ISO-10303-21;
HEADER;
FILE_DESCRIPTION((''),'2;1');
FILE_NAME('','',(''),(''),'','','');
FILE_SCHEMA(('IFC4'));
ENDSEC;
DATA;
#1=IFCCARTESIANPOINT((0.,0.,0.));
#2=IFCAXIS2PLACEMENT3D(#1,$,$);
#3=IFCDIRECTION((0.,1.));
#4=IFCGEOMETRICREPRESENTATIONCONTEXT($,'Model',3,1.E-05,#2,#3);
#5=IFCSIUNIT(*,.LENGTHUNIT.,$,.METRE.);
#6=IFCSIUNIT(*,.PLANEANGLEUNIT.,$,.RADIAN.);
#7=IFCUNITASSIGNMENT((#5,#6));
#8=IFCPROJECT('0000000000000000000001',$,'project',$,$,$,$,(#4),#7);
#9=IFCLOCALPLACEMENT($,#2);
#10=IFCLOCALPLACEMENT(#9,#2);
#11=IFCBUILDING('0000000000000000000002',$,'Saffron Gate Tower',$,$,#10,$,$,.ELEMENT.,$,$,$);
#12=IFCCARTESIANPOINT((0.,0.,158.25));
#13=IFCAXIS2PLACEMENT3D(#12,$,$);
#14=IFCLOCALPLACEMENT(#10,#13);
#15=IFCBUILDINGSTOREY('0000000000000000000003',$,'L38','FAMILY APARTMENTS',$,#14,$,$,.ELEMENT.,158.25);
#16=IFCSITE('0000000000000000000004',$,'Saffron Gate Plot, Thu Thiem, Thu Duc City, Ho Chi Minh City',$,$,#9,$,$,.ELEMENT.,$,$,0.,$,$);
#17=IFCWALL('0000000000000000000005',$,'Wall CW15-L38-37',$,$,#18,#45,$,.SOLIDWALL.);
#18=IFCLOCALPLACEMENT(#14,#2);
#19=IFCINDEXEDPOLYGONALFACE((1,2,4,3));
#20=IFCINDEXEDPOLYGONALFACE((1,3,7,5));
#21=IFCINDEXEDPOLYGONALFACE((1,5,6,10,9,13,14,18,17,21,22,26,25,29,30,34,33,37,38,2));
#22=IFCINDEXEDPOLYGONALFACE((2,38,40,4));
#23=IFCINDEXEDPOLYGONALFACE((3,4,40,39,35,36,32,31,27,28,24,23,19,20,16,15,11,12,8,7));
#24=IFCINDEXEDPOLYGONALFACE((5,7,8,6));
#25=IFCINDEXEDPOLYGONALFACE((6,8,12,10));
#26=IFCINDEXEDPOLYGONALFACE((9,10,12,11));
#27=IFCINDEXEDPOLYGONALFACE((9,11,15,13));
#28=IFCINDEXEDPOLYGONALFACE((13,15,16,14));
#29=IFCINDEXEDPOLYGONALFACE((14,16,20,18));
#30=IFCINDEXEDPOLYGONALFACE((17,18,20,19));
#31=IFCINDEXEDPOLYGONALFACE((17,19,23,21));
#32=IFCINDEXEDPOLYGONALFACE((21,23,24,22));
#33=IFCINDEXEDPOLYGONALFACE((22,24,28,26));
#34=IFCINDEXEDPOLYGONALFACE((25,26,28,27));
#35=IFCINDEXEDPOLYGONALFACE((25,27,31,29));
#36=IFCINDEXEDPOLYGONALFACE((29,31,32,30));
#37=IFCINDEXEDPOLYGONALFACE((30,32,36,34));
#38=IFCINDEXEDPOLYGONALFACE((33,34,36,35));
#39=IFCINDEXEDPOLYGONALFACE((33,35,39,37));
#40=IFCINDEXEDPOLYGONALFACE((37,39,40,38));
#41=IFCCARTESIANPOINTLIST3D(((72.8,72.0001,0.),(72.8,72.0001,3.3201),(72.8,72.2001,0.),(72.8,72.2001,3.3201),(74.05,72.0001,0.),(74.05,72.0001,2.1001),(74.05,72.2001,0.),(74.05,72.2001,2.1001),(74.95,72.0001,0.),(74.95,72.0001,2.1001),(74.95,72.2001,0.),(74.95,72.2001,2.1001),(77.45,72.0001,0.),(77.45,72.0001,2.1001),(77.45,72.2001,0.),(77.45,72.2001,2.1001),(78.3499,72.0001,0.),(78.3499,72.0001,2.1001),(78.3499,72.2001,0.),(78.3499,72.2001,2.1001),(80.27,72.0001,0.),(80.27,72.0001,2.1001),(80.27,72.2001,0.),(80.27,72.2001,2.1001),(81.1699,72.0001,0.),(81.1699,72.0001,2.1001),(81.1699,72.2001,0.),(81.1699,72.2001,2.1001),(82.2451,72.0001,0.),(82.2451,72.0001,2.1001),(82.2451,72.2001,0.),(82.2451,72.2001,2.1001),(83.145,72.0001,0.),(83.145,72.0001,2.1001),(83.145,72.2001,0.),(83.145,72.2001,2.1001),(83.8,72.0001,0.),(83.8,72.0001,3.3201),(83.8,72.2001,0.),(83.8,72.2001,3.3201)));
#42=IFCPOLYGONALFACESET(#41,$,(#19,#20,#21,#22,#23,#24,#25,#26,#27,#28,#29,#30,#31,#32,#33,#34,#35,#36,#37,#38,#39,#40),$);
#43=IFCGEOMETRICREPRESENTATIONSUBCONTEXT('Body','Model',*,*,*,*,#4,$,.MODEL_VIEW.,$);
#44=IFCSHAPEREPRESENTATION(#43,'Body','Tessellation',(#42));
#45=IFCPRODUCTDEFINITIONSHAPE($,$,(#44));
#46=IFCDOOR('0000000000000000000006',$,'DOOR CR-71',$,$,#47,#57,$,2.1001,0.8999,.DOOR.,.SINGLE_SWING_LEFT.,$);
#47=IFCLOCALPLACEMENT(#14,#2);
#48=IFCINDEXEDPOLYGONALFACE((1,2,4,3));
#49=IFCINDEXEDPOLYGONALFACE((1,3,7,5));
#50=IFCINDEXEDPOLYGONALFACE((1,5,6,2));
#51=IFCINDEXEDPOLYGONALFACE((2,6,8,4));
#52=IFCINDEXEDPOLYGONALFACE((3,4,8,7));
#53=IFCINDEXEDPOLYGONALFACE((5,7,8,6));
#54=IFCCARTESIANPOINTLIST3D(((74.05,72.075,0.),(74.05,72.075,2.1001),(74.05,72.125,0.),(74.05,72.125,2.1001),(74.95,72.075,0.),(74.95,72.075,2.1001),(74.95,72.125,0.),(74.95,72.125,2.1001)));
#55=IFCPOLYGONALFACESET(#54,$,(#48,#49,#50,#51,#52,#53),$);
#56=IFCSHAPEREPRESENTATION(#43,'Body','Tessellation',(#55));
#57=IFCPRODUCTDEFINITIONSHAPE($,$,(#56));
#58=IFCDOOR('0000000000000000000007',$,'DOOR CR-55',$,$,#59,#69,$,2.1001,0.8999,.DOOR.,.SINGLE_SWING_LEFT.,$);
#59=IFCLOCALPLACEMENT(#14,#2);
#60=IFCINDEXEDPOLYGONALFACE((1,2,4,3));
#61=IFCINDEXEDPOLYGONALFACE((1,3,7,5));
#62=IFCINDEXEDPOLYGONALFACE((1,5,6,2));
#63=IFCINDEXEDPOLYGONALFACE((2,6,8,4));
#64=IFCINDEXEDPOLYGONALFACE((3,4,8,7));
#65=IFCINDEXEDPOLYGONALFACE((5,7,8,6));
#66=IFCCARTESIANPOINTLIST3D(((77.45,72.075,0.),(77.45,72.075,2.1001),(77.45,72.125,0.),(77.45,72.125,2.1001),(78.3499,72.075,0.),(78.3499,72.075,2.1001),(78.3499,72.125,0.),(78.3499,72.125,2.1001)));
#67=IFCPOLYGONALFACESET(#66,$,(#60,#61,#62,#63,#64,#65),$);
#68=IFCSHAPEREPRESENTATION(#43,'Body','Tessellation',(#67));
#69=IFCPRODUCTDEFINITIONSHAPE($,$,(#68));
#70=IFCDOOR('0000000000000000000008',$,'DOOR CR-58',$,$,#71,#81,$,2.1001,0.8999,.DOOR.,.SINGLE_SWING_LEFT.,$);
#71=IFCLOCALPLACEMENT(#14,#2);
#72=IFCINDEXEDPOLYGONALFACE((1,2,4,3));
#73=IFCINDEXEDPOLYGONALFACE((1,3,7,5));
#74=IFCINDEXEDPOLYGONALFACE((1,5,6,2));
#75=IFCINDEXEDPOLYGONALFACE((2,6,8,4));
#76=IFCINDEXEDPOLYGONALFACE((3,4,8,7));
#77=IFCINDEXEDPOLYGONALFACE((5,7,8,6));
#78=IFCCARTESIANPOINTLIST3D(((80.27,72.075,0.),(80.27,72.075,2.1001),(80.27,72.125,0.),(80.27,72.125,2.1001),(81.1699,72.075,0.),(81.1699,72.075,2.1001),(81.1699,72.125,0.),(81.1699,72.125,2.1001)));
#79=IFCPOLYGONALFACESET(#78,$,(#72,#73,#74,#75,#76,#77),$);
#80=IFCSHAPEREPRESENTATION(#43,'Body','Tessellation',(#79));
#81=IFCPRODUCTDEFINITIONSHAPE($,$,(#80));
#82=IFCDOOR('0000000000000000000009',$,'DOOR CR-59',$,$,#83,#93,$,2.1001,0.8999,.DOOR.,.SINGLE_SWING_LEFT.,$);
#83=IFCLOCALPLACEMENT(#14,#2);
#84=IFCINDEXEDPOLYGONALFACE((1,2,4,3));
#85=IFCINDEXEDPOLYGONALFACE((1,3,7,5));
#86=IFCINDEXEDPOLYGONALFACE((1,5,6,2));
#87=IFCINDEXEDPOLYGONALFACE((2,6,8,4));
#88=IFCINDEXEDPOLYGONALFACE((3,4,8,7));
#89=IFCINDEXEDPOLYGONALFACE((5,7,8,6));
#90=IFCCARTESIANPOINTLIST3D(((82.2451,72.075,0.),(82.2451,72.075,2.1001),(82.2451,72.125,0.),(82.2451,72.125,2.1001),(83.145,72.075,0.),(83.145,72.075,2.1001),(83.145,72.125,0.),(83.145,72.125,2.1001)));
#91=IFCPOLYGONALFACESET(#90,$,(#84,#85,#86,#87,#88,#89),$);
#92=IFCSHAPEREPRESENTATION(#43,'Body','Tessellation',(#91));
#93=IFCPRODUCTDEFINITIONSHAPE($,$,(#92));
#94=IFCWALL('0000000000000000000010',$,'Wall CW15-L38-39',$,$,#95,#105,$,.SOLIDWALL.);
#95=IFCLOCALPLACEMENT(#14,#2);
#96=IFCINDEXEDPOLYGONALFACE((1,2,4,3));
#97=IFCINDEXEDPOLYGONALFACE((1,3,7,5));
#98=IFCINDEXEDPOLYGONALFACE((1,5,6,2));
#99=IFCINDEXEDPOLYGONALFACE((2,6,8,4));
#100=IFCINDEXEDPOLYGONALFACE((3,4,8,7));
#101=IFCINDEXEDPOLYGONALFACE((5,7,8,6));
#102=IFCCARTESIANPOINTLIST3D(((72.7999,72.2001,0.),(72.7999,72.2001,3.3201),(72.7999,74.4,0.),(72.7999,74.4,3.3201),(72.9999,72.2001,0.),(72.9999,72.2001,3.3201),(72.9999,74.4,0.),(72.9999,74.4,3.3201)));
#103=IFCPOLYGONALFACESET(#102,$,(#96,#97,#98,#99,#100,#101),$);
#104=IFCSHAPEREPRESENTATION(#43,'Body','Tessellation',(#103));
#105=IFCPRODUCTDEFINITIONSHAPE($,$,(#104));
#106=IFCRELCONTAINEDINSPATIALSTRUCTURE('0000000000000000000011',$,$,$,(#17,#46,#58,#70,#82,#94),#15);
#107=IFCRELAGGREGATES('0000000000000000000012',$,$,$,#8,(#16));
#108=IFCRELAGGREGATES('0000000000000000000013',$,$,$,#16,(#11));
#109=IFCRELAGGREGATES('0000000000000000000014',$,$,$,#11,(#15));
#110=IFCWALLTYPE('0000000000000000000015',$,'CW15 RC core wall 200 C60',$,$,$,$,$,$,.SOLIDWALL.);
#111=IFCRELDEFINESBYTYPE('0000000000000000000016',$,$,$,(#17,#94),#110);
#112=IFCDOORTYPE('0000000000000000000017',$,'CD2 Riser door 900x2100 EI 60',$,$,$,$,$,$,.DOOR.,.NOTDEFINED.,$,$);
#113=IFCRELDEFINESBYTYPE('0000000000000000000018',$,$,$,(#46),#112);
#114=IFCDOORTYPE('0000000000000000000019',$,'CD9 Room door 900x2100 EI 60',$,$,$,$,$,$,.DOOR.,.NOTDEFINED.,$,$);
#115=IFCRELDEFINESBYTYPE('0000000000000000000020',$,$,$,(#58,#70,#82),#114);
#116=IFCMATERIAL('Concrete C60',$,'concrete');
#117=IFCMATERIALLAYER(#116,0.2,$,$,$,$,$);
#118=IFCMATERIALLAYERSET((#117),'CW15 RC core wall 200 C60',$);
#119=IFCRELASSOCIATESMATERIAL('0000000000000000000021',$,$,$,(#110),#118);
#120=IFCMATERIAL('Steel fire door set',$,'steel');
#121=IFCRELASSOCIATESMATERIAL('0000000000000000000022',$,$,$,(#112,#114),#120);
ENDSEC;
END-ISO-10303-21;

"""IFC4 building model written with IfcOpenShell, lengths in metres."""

from ifc_helpers import new_model, si_unit, direction, frame, frame_2d, origin, place, context, subcontext, project, spatial, rectangle, extrude, material, layer, layer_set, type_object, element, fill, save


model = new_model("IFC4")

# Units and contexts
model_context = context("Model", 3, precision=1e-05, world=origin(), true_north=direction((0.0, 1.0)))
body_context = subcontext(model_context, "Body", "Model", "MODEL_VIEW")
ifc_project = project(units=[si_unit("LENGTHUNIT", "METRE"), si_unit("PLANEANGLEUNIT", "RADIAN")], contexts=[model_context])

# Site, building, storey
site_placement = place(None, origin())
site = spatial("IfcSite", under=ifc_project, at=site_placement, Name="Saffron Gate Plot, Thu Thiem, Thu Duc City, Ho Chi Minh City", CompositionType="ELEMENT", RefElevation=0.0)
building_placement = place(site_placement, origin())
building = spatial("IfcBuilding", under=site, at=building_placement, Name="Saffron Gate Tower", CompositionType="ELEMENT")
storey_placement = place(building_placement, frame((0.0, 0.0, 158.25)))
storey = spatial("IfcBuildingStorey", under=building, at=storey_placement, Name="L38", Description="FAMILY APARTMENTS", CompositionType="ELEMENT", Elevation=158.25)

# Shared definitions
ifc_material_1 = material(Name="Concrete C60", Category="concrete")

# Shared definitions
ifc_layer_1 = layer(ifc_material_1, 0.2)
ifc_layer_set_1 = layer_set([ifc_layer_1], Name="CW15 RC core wall 200 C60")
wall_type_1 = type_object("IfcWallType", Name="CW15 RC core wall 200 C60", PredefinedType="SOLIDWALL", material=ifc_layer_set_1)
ifc_material_2 = material(Name="Steel fire door set", Category="steel")

# Wall, openings, doors
wall_1_placement = place(storey_placement, frame((72.8, 72.1001, 0.0), z_axis=(0.0, 0.0, 1.0), x_axis=(1.0, 0.0, 0.0)))
wall_1 = element("IfcWall", 1, at=wall_1_placement, inside=storey, type_object=wall_type_1, Name="Wall CW15-L38-37", PredefinedType="SOLIDWALL", context=body_context, shape_type="SweptSolid", body=[
    extrude(rectangle(XDim=11.0, YDim=0.2, at=frame_2d((5.5, 0.0))), origin(), (0.0, 0.0, 1.0), 3.3201),
])
opening_1_placement = place(wall_1_placement, frame((1.25, 0.0, 0.0)))
opening_1 = element("IfcOpeningElement", 2, at=opening_1_placement, cuts=wall_1, PredefinedType="OPENING", context=body_context, shape_type="SweptSolid", body=[
    extrude(rectangle(XDim=0.8999, YDim=2.1001, at=frame_2d((0.45, 1.05))), frame((0.0, 0.1099, 0.0), z_axis=(0.0, -1.0, 0.0), x_axis=(1.0, 0.0, 0.0)), (0.0, 0.0, 1.0), 0.22),
])
opening_2_placement = place(wall_1_placement, frame((4.6499, 0.0, 0.0)))
opening_2 = element("IfcOpeningElement", 3, at=opening_2_placement, cuts=wall_1, PredefinedType="OPENING", context=body_context, shape_type="SweptSolid", body=[
    extrude(rectangle(XDim=0.8999, YDim=2.1001, at=frame_2d((0.45, 1.05))), frame((0.0, 0.1099, 0.0), z_axis=(0.0, -1.0, 0.0), x_axis=(1.0, 0.0, 0.0)), (0.0, 0.0, 1.0), 0.22),
])
opening_3_placement = place(wall_1_placement, frame((7.47, 0.0, 0.0)))
opening_3 = element("IfcOpeningElement", 4, at=opening_3_placement, cuts=wall_1, PredefinedType="OPENING", context=body_context, shape_type="SweptSolid", body=[
    extrude(rectangle(XDim=0.8999, YDim=2.1001, at=frame_2d((0.45, 1.05))), frame((0.0, 0.1099, 0.0), z_axis=(0.0, -1.0, 0.0), x_axis=(1.0, 0.0, 0.0)), (0.0, 0.0, 1.0), 0.22),
])
opening_4_placement = place(wall_1_placement, frame((9.4451, 0.0, 0.0)))
opening_4 = element("IfcOpeningElement", 5, at=opening_4_placement, cuts=wall_1, PredefinedType="OPENING", context=body_context, shape_type="SweptSolid", body=[
    extrude(rectangle(XDim=0.8999, YDim=2.1001, at=frame_2d((0.45, 1.05))), frame((0.0, 0.1099, 0.0), z_axis=(0.0, -1.0, 0.0), x_axis=(1.0, 0.0, 0.0)), (0.0, 0.0, 1.0), 0.22),
])
door_type_1 = type_object("IfcDoorType", Name="CD2 Riser door 900x2100 EI 60", OperationType="NOTDEFINED", PredefinedType="DOOR", material=ifc_material_2)
door_1_placement = place(opening_1_placement, origin())
door_1 = element("IfcDoor", 6, at=door_1_placement, inside=storey, type_object=door_type_1, Name="DOOR CR-71", OperationType="SINGLE_SWING_LEFT", OverallHeight=2.1001, OverallWidth=0.8999, PredefinedType="DOOR", context=body_context, shape_type="SweptSolid", body=[
    extrude(rectangle(XDim=0.8999, YDim=2.1001, at=frame_2d((0.45, 1.05))), frame((0.0, 0.0249, 0.0), z_axis=(0.0, -1.0, 0.0), x_axis=(1.0, 0.0, 0.0)), (0.0, 0.0, 1.0), 0.05),
])
fill(opening_1, door_1)
door_type_2 = type_object("IfcDoorType", Name="CD9 Room door 900x2100 EI 60", OperationType="NOTDEFINED", PredefinedType="DOOR", material=ifc_material_2)
door_2_placement = place(opening_2_placement, origin())
door_2 = element("IfcDoor", 7, at=door_2_placement, inside=storey, type_object=door_type_2, Name="DOOR CR-55", OperationType="SINGLE_SWING_LEFT", OverallHeight=2.1001, OverallWidth=0.8999, PredefinedType="DOOR", context=body_context, shape_type="SweptSolid", body=[
    extrude(rectangle(XDim=0.8999, YDim=2.1001, at=frame_2d((0.45, 1.05))), frame((0.0, 0.0249, 0.0), z_axis=(0.0, -1.0, 0.0), x_axis=(1.0, 0.0, 0.0)), (0.0, 0.0, 1.0), 0.05),
])
fill(opening_2, door_2)
door_3_placement = place(opening_3_placement, origin())
door_3 = element("IfcDoor", 8, at=door_3_placement, inside=storey, type_object=door_type_2, Name="DOOR CR-58", OperationType="SINGLE_SWING_LEFT", OverallHeight=2.1001, OverallWidth=0.8999, PredefinedType="DOOR", context=body_context, shape_type="SweptSolid", body=[
    extrude(rectangle(XDim=0.8999, YDim=2.1001, at=frame_2d((0.45, 1.05))), frame((0.0, 0.0249, 0.0), z_axis=(0.0, -1.0, 0.0), x_axis=(1.0, 0.0, 0.0)), (0.0, 0.0, 1.0), 0.05),
])
fill(opening_3, door_3)
door_4_placement = place(opening_4_placement, origin())
door_4 = element("IfcDoor", 9, at=door_4_placement, inside=storey, type_object=door_type_2, Name="DOOR CR-59", OperationType="SINGLE_SWING_LEFT", OverallHeight=2.1001, OverallWidth=0.8999, PredefinedType="DOOR", context=body_context, shape_type="SweptSolid", body=[
    extrude(rectangle(XDim=0.8999, YDim=2.1001, at=frame_2d((0.45, 1.05))), frame((0.0, 0.0249, 0.0), z_axis=(0.0, -1.0, 0.0), x_axis=(1.0, 0.0, 0.0)), (0.0, 0.0, 1.0), 0.05),
])
fill(opening_4, door_4)

# Wall
wall_2_placement = place(storey_placement, frame((72.8999, 72.2, 0.0), z_axis=(0.0, 0.0, 1.0), x_axis=(0.0, 1.0, 0.0)))
element("IfcWall", 10, at=wall_2_placement, inside=storey, type_object=wall_type_1, Name="Wall CW15-L38-39", PredefinedType="SOLIDWALL", context=body_context, shape_type="SweptSolid", body=[
    extrude(rectangle(XDim=2.2, YDim=0.2, at=frame_2d((1.1001, 0.0))), origin(), (0.0, 0.0, 1.0), 3.3201),
])

save(model, "model.ifc")
